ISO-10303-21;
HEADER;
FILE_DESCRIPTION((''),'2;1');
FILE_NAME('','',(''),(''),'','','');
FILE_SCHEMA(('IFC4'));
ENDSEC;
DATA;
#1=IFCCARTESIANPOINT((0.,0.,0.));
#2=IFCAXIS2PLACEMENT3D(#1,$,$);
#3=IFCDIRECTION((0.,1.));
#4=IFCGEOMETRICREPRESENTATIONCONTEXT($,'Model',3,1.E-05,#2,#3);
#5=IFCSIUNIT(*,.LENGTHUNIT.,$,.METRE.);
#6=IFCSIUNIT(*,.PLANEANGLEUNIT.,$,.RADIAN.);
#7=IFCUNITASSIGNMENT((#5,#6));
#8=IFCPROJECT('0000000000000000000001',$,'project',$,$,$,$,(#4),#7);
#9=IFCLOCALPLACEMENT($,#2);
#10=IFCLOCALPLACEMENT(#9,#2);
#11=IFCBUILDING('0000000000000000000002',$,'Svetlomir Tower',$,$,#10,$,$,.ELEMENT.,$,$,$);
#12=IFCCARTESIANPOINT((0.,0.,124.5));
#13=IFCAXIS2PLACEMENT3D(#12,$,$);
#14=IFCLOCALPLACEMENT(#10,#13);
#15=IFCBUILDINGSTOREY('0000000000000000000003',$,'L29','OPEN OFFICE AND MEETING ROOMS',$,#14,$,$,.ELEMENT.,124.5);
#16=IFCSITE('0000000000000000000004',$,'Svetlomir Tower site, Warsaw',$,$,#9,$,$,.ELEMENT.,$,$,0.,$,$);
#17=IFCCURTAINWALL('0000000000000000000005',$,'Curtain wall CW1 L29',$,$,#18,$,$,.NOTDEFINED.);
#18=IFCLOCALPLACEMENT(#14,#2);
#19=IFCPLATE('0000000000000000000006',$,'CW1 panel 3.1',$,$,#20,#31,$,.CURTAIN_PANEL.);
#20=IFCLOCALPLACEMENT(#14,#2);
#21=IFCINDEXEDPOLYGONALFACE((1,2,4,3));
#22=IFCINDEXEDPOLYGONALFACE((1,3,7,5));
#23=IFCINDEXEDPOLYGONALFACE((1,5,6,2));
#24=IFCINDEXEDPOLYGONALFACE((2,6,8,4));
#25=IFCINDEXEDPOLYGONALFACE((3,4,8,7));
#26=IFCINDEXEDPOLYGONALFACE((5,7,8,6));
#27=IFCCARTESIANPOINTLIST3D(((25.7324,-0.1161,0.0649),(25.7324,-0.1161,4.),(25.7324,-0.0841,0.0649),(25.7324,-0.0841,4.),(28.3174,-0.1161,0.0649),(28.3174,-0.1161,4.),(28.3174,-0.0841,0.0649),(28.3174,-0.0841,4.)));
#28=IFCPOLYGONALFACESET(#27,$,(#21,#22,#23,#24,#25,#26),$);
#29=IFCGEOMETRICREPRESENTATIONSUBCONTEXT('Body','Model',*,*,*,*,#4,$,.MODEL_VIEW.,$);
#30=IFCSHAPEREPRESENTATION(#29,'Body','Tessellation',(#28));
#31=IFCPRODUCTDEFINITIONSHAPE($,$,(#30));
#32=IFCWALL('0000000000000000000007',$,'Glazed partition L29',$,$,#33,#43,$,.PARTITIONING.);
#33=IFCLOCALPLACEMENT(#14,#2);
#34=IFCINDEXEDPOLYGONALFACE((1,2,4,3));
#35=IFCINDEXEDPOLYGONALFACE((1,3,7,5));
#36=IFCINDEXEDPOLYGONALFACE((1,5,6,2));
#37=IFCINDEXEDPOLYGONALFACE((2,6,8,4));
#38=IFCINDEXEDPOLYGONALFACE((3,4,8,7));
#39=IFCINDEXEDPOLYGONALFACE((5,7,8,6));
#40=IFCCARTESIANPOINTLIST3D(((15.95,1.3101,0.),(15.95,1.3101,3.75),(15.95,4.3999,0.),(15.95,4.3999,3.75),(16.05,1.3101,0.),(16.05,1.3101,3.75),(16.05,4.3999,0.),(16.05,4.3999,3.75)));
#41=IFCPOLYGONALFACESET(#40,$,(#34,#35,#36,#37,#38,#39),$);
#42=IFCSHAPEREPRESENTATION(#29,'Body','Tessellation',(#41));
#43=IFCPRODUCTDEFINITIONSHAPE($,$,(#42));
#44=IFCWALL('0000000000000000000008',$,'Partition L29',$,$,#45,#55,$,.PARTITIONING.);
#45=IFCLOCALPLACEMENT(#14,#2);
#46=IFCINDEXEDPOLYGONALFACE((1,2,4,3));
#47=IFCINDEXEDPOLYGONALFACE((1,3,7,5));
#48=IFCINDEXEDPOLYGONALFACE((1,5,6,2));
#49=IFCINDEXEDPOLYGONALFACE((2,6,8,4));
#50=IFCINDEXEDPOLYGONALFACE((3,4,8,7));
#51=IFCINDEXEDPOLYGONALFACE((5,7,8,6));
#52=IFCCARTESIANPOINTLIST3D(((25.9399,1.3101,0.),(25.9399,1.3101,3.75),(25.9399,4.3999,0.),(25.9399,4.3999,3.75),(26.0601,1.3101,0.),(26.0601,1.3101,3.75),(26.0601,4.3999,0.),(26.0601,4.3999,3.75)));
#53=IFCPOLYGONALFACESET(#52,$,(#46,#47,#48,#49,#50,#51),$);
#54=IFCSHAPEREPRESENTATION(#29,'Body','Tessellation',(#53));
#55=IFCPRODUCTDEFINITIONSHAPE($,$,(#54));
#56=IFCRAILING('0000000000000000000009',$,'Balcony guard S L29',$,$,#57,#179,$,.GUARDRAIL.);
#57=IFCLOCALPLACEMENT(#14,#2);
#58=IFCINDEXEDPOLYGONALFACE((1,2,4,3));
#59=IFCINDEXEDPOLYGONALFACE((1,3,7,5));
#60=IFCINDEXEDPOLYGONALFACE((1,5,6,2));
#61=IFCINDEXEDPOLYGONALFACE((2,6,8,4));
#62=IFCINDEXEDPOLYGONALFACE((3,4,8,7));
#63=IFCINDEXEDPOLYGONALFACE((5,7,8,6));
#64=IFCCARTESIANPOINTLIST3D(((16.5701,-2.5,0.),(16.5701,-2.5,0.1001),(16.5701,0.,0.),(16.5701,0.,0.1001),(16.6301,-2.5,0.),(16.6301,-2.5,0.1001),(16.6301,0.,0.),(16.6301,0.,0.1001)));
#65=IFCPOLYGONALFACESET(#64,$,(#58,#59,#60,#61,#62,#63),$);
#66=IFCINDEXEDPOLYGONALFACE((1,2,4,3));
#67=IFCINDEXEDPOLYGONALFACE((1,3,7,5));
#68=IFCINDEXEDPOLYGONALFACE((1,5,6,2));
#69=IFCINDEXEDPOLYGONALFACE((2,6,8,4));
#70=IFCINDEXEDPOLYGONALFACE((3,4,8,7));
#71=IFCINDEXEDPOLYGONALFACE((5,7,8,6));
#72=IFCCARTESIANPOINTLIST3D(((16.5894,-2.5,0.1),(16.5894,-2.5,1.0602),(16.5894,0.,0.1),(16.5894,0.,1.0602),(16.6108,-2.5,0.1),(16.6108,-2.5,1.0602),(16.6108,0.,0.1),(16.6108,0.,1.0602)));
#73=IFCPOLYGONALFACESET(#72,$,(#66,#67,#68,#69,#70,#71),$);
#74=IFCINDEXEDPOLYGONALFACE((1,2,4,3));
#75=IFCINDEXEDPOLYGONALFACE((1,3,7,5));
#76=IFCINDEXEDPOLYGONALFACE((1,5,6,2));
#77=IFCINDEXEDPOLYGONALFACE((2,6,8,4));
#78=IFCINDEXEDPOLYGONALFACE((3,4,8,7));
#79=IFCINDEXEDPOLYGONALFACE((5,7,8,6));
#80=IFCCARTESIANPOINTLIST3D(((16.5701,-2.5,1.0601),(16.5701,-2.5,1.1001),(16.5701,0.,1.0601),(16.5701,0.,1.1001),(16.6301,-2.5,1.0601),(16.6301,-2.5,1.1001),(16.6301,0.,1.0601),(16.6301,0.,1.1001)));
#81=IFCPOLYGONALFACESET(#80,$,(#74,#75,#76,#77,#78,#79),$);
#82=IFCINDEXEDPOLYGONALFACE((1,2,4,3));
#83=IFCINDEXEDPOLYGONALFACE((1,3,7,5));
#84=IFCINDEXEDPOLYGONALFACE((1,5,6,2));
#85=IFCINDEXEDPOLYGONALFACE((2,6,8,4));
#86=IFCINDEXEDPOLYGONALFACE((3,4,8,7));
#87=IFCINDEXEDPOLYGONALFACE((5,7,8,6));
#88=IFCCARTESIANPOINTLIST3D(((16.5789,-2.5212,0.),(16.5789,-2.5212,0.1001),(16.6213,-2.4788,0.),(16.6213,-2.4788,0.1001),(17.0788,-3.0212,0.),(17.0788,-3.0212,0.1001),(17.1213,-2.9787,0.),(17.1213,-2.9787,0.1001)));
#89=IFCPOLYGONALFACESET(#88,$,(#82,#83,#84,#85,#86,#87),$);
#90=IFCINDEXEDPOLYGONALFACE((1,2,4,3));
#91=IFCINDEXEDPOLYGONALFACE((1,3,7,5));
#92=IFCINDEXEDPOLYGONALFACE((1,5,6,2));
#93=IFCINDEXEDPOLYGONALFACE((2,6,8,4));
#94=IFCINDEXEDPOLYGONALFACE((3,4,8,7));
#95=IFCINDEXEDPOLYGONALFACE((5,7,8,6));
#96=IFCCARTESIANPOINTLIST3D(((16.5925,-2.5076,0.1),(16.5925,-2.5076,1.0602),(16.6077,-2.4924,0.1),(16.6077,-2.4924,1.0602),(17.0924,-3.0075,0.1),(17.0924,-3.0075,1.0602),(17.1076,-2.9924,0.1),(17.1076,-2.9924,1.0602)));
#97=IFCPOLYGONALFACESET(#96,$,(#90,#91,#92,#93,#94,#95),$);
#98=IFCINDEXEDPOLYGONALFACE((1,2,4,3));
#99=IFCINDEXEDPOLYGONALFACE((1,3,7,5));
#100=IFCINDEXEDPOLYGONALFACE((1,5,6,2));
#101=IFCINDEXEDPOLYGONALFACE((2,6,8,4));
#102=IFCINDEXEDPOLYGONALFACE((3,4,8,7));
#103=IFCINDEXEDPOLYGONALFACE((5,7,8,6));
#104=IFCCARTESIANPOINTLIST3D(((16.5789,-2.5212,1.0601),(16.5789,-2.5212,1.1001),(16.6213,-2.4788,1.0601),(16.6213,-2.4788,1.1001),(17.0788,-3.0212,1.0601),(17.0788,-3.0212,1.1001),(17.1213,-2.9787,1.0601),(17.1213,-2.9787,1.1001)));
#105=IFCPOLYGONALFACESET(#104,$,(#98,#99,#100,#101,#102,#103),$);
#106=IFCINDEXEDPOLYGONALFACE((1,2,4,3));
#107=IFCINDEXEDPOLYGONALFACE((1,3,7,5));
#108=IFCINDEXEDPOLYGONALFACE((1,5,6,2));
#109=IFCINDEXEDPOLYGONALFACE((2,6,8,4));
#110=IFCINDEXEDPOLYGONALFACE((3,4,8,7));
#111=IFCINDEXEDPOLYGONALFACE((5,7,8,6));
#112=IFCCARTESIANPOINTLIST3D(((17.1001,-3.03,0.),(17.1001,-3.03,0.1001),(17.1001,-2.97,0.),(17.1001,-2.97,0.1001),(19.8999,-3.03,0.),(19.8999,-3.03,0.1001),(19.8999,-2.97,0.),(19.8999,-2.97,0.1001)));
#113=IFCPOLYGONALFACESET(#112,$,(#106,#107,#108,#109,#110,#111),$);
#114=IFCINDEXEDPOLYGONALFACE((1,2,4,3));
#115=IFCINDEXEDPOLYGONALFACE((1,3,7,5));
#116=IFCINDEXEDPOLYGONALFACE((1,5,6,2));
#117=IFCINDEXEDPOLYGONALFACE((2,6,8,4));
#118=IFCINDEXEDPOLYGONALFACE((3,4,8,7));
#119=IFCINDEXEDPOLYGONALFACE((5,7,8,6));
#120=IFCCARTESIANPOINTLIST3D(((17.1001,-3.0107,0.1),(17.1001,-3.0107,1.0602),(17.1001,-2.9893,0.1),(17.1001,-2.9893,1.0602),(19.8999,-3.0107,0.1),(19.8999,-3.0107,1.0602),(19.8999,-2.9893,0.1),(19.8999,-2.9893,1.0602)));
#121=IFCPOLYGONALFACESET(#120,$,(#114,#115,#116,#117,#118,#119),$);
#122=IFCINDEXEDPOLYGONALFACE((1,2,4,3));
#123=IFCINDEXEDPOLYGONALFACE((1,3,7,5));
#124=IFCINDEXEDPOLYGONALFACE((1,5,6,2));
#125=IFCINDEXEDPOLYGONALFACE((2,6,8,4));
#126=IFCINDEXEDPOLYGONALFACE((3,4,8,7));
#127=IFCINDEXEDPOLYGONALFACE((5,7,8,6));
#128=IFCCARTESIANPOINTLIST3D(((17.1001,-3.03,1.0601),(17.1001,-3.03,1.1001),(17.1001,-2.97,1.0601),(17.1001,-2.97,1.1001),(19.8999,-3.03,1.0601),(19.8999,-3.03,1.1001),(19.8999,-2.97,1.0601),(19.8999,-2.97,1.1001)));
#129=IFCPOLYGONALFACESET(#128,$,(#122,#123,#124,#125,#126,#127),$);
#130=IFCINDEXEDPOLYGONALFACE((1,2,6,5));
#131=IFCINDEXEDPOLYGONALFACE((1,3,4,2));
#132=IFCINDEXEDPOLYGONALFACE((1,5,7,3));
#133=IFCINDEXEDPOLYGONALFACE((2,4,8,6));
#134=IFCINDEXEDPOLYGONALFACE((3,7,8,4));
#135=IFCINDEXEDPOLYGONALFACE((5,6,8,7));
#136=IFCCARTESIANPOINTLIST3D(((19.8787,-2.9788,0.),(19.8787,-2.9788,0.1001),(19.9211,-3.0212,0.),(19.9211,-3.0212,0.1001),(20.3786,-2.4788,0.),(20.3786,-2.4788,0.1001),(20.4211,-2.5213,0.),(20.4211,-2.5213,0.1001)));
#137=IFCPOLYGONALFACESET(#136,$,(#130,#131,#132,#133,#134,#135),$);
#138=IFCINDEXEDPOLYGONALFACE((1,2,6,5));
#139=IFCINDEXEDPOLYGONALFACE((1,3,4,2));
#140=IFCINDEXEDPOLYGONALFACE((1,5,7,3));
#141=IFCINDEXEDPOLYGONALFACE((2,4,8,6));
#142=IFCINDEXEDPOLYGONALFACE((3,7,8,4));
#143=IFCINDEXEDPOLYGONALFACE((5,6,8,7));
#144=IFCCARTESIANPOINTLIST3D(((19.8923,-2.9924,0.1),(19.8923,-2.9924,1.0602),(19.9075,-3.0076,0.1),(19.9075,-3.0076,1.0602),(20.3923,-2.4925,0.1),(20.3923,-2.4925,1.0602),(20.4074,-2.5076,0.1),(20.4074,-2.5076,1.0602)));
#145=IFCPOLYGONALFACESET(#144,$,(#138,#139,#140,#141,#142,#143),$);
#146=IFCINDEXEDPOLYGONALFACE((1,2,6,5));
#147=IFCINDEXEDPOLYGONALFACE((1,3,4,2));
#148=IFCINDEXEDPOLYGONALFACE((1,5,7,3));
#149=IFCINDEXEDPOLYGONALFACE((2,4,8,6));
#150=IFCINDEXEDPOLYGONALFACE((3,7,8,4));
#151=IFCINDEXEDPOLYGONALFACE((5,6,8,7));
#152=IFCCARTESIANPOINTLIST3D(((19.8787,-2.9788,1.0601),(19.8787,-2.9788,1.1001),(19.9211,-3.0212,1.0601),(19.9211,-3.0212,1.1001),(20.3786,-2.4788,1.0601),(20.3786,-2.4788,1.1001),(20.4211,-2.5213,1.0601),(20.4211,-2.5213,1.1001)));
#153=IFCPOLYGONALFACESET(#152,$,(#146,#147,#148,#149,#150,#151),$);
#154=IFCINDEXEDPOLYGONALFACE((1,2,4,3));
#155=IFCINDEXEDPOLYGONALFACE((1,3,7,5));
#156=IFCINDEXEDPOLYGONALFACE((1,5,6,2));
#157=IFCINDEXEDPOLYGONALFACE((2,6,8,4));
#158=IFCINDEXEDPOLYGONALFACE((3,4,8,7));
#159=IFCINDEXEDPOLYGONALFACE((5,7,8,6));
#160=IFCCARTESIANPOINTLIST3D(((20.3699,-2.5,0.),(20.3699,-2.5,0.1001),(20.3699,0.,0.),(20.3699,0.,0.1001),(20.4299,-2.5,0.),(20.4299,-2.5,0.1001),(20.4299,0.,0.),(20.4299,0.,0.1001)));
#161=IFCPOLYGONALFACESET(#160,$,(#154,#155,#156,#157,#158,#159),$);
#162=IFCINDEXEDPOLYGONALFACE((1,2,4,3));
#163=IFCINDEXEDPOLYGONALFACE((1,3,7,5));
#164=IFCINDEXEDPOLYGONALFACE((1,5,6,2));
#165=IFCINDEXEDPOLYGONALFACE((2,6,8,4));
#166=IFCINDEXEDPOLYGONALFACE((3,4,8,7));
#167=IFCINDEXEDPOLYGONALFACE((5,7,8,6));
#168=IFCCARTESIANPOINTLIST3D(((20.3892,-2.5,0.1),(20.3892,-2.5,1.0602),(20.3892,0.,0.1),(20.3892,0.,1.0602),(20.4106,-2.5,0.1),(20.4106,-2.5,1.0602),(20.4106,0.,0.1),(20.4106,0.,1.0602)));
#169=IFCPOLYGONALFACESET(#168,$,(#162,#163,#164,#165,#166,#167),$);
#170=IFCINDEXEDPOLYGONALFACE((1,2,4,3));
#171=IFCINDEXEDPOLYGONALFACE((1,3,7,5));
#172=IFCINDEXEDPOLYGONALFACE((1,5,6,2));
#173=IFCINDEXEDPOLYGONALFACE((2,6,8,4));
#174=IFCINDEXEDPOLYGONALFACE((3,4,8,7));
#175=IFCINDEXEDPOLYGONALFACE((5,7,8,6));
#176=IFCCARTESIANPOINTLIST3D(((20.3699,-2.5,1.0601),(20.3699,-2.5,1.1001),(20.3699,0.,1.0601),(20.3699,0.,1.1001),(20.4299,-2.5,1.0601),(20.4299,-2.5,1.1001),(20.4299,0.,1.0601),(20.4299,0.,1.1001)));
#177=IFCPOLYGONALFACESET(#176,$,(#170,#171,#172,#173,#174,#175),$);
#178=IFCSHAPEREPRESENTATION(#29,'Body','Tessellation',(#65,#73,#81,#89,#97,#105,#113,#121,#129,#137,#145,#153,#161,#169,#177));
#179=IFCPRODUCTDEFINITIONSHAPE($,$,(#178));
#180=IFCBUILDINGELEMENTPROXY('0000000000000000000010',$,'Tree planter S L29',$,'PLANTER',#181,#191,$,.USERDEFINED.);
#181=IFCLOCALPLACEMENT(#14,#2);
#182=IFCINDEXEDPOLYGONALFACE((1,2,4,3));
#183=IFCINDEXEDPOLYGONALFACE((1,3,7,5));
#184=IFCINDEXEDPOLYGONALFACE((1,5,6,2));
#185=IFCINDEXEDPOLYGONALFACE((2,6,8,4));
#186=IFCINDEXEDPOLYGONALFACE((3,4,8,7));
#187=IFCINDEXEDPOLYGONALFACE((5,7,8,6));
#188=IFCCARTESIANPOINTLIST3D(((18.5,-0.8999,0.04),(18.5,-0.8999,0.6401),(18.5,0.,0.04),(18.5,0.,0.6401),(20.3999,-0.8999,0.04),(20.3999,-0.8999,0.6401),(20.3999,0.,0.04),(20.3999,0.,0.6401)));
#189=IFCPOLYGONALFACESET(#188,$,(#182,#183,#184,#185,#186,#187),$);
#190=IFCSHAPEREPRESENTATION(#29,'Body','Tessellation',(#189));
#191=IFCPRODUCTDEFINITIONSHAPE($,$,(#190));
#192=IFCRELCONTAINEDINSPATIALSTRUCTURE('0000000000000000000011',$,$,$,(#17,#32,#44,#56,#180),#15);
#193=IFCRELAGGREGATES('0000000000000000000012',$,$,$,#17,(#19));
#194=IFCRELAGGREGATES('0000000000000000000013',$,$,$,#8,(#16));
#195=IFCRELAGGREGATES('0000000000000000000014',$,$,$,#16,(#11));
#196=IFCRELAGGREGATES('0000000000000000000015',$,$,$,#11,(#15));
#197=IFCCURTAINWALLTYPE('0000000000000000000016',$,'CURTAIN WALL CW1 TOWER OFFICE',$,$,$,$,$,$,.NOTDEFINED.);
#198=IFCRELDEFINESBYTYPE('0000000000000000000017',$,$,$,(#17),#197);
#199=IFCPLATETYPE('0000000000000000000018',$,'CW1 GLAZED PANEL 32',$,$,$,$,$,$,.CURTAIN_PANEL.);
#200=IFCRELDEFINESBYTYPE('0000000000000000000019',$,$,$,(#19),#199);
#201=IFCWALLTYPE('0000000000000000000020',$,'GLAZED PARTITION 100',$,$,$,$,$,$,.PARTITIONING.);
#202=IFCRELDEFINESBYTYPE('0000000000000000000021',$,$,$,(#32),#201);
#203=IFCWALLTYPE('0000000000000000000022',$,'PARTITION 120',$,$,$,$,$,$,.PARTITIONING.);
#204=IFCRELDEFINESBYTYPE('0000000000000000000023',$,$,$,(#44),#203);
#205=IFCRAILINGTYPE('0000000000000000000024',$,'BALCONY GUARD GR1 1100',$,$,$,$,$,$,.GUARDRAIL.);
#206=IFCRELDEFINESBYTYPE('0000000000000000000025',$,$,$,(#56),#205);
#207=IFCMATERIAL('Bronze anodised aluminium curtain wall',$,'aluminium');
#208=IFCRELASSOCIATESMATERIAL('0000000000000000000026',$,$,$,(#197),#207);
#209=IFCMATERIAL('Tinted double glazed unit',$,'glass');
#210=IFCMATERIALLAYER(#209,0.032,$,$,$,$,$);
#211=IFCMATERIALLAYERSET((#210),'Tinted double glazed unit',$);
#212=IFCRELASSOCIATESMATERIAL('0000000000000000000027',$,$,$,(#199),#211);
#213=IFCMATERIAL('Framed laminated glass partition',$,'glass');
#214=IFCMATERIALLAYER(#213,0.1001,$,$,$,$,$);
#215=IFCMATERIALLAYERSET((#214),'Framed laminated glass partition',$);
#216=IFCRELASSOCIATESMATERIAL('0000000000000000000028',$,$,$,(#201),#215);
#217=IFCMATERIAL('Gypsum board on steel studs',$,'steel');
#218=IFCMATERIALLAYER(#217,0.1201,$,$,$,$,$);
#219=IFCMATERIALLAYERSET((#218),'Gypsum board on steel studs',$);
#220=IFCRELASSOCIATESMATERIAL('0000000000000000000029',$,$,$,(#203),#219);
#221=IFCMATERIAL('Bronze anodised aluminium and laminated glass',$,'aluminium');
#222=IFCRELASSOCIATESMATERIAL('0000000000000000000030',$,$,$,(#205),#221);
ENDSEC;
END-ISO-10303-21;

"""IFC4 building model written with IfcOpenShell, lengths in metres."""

from ifc_helpers import new_model, si_unit, direction, frame, frame_2d, origin, origin_2d, place, context, subcontext, project, spatial, rectangle, extrude, material, layer, layer_set, type_object, element, aggregate, save


model = new_model("IFC4")

# Units and contexts
model_context = context("Model", 3, precision=1e-05, world=origin(), true_north=direction((0.0, 1.0)))
body_context = subcontext(model_context, "Body", "Model", "MODEL_VIEW")
ifc_project = project(units=[si_unit("LENGTHUNIT", "METRE"), si_unit("PLANEANGLEUNIT", "RADIAN")], contexts=[model_context])

# Site, building, storey
site_placement = place(None, origin())
site = spatial("IfcSite", under=ifc_project, at=site_placement, Name="Svetlomir Tower site, Warsaw", CompositionType="ELEMENT", RefElevation=0.0)
building_placement = place(site_placement, origin())
building = spatial("IfcBuilding", under=site, at=building_placement, Name="Svetlomir Tower", CompositionType="ELEMENT")
storey_placement = place(building_placement, frame((0.0, 0.0, 124.5)))
storey = spatial("IfcBuildingStorey", under=building, at=storey_placement, Name="L29", Description="OPEN OFFICE AND MEETING ROOMS", CompositionType="ELEMENT", Elevation=124.5)

# Curtain wall
ifc_material_1 = material(Name="Bronze anodised aluminium curtain wall", Category="aluminium")
curtain_wall_type = type_object("IfcCurtainWallType", Name="CURTAIN WALL CW1 TOWER OFFICE", PredefinedType="NOTDEFINED", material=ifc_material_1)
curtain_wall_1_placement = place(storey_placement, origin())
curtain_wall_1 = element("IfcCurtainWall", 1, at=curtain_wall_1_placement, inside=storey, type_object=curtain_wall_type, Name="Curtain wall CW1 L29", PredefinedType="NOTDEFINED")

# Plate
ifc_material_2 = material(Name="Tinted double glazed unit", Category="glass")
ifc_layer_1 = layer(ifc_material_2, 0.032)
ifc_layer_set_1 = layer_set([ifc_layer_1], Name="Tinted double glazed unit")
plate_type = type_object("IfcPlateType", Name="CW1 GLAZED PANEL 32", PredefinedType="CURTAIN_PANEL", material=ifc_layer_set_1)
plate_1_placement = place(storey_placement, frame((27.0249, -0.1001, 0.0649), z_axis=(0.0, 0.0, 1.0), x_axis=(1.0, 0.0, 0.0)))
plate_1 = element("IfcPlate", 2, at=plate_1_placement, type_object=plate_type, Name="CW1 panel 3.1", PredefinedType="CURTAIN_PANEL", context=body_context, shape_type="SweptSolid", body=[
    extrude(rectangle(XDim=2.585, YDim=0.032, at=origin_2d()), origin(), (0.0, 0.0, 1.0), 3.9351),
])
aggregate(curtain_wall_1, [plate_1])

# Walls
ifc_material_3 = material(Name="Framed laminated glass partition", Category="glass")
ifc_layer_2 = layer(ifc_material_3, 0.1001)
ifc_layer_set_2 = layer_set([ifc_layer_2], Name="Framed laminated glass partition")
wall_type_1 = type_object("IfcWallType", Name="GLAZED PARTITION 100", PredefinedType="PARTITIONING", material=ifc_layer_set_2)
wall_1_placement = place(storey_placement, frame((16.0, 1.3101, 0.0), z_axis=(0.0, 0.0, 1.0), x_axis=(0.0, 1.0, 0.0)))
element("IfcWall", 3, at=wall_1_placement, inside=storey, type_object=wall_type_1, Name="Glazed partition L29", PredefinedType="PARTITIONING", context=body_context, shape_type="SweptSolid", body=[
    extrude(rectangle(XDim=3.0898, YDim=0.1001, at=frame_2d((1.5449, 0.0))), origin(), (0.0, 0.0, 1.0), 3.75),
])
ifc_material_4 = material(Name="Gypsum board on steel studs", Category="steel")
ifc_layer_3 = layer(ifc_material_4, 0.1201)
ifc_layer_set_3 = layer_set([ifc_layer_3], Name="Gypsum board on steel studs")
wall_type_2 = type_object("IfcWallType", Name="PARTITION 120", PredefinedType="PARTITIONING", material=ifc_layer_set_3)
wall_2_placement = place(storey_placement, frame((26.0, 1.3101, 0.0), z_axis=(0.0, 0.0, 1.0), x_axis=(0.0, 1.0, 0.0)))
element("IfcWall", 4, at=wall_2_placement, inside=storey, type_object=wall_type_2, Name="Partition L29", PredefinedType="PARTITIONING", context=body_context, shape_type="SweptSolid", body=[
    extrude(rectangle(XDim=3.0898, YDim=0.1201, at=frame_2d((1.5449, 0.0))), origin(), (0.0, 0.0, 1.0), 3.75),
])

# Railing
ifc_material_5 = material(Name="Bronze anodised aluminium and laminated glass", Category="aluminium")
railing_type = type_object("IfcRailingType", Name="BALCONY GUARD GR1 1100", PredefinedType="GUARDRAIL", material=ifc_material_5)
railing_placement = place(storey_placement, frame((16.6001, 0.0, 0.0)))
element("IfcRailing", 5, at=railing_placement, inside=storey, type_object=railing_type, Name="Balcony guard S L29", PredefinedType="GUARDRAIL", context=body_context, shape_type="SweptSolid", body=[
    extrude(rectangle(XDim=0.0601, YDim=0.1001, at=origin_2d()), frame((0.0, 0.0, 0.05), z_axis=(0.0, -1.0, 0.0), x_axis=(1.0, 0.0, 0.0)), (0.0, 0.0, 1.0), 2.5),
    extrude(rectangle(XDim=0.0215, YDim=0.9602, at=origin_2d()), frame((0.0, 0.0, 0.5801), z_axis=(0.0, -1.0, 0.0), x_axis=(1.0, 0.0, 0.0)), (0.0, 0.0, 1.0), 2.5),
    extrude(rectangle(XDim=0.0601, YDim=0.04, at=origin_2d()), frame((0.0, 0.0, 1.0801), z_axis=(0.0, -1.0, 0.0), x_axis=(1.0, 0.0, 0.0)), (0.0, 0.0, 1.0), 2.5),
    extrude(rectangle(XDim=0.0601, YDim=0.1001, at=origin_2d()), frame((0.0, -2.5, 0.05), z_axis=(0.707107, -0.707107, 0.0), x_axis=(0.707107, 0.707107, 0.0)), (0.0, 0.0, 1.0), 0.707),
    extrude(rectangle(XDim=0.0215, YDim=0.9602, at=origin_2d()), frame((0.0, -2.5, 0.5801), z_axis=(0.707107, -0.707107, 0.0), x_axis=(0.707107, 0.707107, 0.0)), (0.0, 0.0, 1.0), 0.707),
    extrude(rectangle(XDim=0.0601, YDim=0.04, at=origin_2d()), frame((0.0, -2.5, 1.0801), z_axis=(0.707107, -0.707107, 0.0), x_axis=(0.707107, 0.707107, 0.0)), (0.0, 0.0, 1.0), 0.707),
    extrude(rectangle(XDim=0.0601, YDim=0.1001, at=origin_2d()), frame((0.5, -3.0, 0.05), z_axis=(1.0, 0.0, 0.0), x_axis=(0.0, 1.0, 0.0)), (0.0, 0.0, 1.0), 2.7998),
    extrude(rectangle(XDim=0.0215, YDim=0.9602, at=origin_2d()), frame((0.5, -3.0, 0.5801), z_axis=(1.0, 0.0, 0.0), x_axis=(0.0, 1.0, 0.0)), (0.0, 0.0, 1.0), 2.7998),
    extrude(rectangle(XDim=0.0601, YDim=0.04, at=origin_2d()), frame((0.5, -3.0, 1.0801), z_axis=(1.0, 0.0, 0.0), x_axis=(0.0, 1.0, 0.0)), (0.0, 0.0, 1.0), 2.7998),
    extrude(rectangle(XDim=0.0601, YDim=0.1001, at=origin_2d()), frame((3.2998, -3.0, 0.05), z_axis=(0.707107, 0.707107, 0.0), x_axis=(-0.707107, 0.707107, 0.0)), (0.0, 0.0, 1.0), 0.707),
    extrude(rectangle(XDim=0.0215, YDim=0.9602, at=origin_2d()), frame((3.2998, -3.0, 0.5801), z_axis=(0.707107, 0.707107, 0.0), x_axis=(-0.707107, 0.707107, 0.0)), (0.0, 0.0, 1.0), 0.707),
    extrude(rectangle(XDim=0.0601, YDim=0.04, at=origin_2d()), frame((3.2998, -3.0, 1.0801), z_axis=(0.707107, 0.707107, 0.0), x_axis=(-0.707107, 0.707107, 0.0)), (0.0, 0.0, 1.0), 0.707),
    extrude(rectangle(XDim=0.0601, YDim=0.1001, at=origin_2d()), frame((3.7998, -2.5, 0.05), z_axis=(0.0, 1.0, 0.0), x_axis=(-1.0, 0.0, 0.0)), (0.0, 0.0, 1.0), 2.5),
    extrude(rectangle(XDim=0.0215, YDim=0.9602, at=origin_2d()), frame((3.7998, -2.5, 0.5801), z_axis=(0.0, 1.0, 0.0), x_axis=(-1.0, 0.0, 0.0)), (0.0, 0.0, 1.0), 2.5),
    extrude(rectangle(XDim=0.0601, YDim=0.04, at=origin_2d()), frame((3.7998, -2.5, 1.0801), z_axis=(0.0, 1.0, 0.0), x_axis=(-1.0, 0.0, 0.0)), (0.0, 0.0, 1.0), 2.5),
])

# Building element proxy
proxy_placement = place(storey_placement, frame((19.45, -0.45, 0.04), z_axis=(0.0, 0.0, 1.0), x_axis=(1.0, 0.0, 0.0)))
element("IfcBuildingElementProxy", 6, at=proxy_placement, inside=storey, Name="Tree planter S L29", ObjectType="PLANTER", PredefinedType="USERDEFINED", context=body_context, shape_type="SweptSolid", body=[
    extrude(rectangle(XDim=1.8999, YDim=0.8999, at=origin_2d()), origin(), (0.0, 0.0, 1.0), 0.6001),
])

save(model, "model.ifc")
